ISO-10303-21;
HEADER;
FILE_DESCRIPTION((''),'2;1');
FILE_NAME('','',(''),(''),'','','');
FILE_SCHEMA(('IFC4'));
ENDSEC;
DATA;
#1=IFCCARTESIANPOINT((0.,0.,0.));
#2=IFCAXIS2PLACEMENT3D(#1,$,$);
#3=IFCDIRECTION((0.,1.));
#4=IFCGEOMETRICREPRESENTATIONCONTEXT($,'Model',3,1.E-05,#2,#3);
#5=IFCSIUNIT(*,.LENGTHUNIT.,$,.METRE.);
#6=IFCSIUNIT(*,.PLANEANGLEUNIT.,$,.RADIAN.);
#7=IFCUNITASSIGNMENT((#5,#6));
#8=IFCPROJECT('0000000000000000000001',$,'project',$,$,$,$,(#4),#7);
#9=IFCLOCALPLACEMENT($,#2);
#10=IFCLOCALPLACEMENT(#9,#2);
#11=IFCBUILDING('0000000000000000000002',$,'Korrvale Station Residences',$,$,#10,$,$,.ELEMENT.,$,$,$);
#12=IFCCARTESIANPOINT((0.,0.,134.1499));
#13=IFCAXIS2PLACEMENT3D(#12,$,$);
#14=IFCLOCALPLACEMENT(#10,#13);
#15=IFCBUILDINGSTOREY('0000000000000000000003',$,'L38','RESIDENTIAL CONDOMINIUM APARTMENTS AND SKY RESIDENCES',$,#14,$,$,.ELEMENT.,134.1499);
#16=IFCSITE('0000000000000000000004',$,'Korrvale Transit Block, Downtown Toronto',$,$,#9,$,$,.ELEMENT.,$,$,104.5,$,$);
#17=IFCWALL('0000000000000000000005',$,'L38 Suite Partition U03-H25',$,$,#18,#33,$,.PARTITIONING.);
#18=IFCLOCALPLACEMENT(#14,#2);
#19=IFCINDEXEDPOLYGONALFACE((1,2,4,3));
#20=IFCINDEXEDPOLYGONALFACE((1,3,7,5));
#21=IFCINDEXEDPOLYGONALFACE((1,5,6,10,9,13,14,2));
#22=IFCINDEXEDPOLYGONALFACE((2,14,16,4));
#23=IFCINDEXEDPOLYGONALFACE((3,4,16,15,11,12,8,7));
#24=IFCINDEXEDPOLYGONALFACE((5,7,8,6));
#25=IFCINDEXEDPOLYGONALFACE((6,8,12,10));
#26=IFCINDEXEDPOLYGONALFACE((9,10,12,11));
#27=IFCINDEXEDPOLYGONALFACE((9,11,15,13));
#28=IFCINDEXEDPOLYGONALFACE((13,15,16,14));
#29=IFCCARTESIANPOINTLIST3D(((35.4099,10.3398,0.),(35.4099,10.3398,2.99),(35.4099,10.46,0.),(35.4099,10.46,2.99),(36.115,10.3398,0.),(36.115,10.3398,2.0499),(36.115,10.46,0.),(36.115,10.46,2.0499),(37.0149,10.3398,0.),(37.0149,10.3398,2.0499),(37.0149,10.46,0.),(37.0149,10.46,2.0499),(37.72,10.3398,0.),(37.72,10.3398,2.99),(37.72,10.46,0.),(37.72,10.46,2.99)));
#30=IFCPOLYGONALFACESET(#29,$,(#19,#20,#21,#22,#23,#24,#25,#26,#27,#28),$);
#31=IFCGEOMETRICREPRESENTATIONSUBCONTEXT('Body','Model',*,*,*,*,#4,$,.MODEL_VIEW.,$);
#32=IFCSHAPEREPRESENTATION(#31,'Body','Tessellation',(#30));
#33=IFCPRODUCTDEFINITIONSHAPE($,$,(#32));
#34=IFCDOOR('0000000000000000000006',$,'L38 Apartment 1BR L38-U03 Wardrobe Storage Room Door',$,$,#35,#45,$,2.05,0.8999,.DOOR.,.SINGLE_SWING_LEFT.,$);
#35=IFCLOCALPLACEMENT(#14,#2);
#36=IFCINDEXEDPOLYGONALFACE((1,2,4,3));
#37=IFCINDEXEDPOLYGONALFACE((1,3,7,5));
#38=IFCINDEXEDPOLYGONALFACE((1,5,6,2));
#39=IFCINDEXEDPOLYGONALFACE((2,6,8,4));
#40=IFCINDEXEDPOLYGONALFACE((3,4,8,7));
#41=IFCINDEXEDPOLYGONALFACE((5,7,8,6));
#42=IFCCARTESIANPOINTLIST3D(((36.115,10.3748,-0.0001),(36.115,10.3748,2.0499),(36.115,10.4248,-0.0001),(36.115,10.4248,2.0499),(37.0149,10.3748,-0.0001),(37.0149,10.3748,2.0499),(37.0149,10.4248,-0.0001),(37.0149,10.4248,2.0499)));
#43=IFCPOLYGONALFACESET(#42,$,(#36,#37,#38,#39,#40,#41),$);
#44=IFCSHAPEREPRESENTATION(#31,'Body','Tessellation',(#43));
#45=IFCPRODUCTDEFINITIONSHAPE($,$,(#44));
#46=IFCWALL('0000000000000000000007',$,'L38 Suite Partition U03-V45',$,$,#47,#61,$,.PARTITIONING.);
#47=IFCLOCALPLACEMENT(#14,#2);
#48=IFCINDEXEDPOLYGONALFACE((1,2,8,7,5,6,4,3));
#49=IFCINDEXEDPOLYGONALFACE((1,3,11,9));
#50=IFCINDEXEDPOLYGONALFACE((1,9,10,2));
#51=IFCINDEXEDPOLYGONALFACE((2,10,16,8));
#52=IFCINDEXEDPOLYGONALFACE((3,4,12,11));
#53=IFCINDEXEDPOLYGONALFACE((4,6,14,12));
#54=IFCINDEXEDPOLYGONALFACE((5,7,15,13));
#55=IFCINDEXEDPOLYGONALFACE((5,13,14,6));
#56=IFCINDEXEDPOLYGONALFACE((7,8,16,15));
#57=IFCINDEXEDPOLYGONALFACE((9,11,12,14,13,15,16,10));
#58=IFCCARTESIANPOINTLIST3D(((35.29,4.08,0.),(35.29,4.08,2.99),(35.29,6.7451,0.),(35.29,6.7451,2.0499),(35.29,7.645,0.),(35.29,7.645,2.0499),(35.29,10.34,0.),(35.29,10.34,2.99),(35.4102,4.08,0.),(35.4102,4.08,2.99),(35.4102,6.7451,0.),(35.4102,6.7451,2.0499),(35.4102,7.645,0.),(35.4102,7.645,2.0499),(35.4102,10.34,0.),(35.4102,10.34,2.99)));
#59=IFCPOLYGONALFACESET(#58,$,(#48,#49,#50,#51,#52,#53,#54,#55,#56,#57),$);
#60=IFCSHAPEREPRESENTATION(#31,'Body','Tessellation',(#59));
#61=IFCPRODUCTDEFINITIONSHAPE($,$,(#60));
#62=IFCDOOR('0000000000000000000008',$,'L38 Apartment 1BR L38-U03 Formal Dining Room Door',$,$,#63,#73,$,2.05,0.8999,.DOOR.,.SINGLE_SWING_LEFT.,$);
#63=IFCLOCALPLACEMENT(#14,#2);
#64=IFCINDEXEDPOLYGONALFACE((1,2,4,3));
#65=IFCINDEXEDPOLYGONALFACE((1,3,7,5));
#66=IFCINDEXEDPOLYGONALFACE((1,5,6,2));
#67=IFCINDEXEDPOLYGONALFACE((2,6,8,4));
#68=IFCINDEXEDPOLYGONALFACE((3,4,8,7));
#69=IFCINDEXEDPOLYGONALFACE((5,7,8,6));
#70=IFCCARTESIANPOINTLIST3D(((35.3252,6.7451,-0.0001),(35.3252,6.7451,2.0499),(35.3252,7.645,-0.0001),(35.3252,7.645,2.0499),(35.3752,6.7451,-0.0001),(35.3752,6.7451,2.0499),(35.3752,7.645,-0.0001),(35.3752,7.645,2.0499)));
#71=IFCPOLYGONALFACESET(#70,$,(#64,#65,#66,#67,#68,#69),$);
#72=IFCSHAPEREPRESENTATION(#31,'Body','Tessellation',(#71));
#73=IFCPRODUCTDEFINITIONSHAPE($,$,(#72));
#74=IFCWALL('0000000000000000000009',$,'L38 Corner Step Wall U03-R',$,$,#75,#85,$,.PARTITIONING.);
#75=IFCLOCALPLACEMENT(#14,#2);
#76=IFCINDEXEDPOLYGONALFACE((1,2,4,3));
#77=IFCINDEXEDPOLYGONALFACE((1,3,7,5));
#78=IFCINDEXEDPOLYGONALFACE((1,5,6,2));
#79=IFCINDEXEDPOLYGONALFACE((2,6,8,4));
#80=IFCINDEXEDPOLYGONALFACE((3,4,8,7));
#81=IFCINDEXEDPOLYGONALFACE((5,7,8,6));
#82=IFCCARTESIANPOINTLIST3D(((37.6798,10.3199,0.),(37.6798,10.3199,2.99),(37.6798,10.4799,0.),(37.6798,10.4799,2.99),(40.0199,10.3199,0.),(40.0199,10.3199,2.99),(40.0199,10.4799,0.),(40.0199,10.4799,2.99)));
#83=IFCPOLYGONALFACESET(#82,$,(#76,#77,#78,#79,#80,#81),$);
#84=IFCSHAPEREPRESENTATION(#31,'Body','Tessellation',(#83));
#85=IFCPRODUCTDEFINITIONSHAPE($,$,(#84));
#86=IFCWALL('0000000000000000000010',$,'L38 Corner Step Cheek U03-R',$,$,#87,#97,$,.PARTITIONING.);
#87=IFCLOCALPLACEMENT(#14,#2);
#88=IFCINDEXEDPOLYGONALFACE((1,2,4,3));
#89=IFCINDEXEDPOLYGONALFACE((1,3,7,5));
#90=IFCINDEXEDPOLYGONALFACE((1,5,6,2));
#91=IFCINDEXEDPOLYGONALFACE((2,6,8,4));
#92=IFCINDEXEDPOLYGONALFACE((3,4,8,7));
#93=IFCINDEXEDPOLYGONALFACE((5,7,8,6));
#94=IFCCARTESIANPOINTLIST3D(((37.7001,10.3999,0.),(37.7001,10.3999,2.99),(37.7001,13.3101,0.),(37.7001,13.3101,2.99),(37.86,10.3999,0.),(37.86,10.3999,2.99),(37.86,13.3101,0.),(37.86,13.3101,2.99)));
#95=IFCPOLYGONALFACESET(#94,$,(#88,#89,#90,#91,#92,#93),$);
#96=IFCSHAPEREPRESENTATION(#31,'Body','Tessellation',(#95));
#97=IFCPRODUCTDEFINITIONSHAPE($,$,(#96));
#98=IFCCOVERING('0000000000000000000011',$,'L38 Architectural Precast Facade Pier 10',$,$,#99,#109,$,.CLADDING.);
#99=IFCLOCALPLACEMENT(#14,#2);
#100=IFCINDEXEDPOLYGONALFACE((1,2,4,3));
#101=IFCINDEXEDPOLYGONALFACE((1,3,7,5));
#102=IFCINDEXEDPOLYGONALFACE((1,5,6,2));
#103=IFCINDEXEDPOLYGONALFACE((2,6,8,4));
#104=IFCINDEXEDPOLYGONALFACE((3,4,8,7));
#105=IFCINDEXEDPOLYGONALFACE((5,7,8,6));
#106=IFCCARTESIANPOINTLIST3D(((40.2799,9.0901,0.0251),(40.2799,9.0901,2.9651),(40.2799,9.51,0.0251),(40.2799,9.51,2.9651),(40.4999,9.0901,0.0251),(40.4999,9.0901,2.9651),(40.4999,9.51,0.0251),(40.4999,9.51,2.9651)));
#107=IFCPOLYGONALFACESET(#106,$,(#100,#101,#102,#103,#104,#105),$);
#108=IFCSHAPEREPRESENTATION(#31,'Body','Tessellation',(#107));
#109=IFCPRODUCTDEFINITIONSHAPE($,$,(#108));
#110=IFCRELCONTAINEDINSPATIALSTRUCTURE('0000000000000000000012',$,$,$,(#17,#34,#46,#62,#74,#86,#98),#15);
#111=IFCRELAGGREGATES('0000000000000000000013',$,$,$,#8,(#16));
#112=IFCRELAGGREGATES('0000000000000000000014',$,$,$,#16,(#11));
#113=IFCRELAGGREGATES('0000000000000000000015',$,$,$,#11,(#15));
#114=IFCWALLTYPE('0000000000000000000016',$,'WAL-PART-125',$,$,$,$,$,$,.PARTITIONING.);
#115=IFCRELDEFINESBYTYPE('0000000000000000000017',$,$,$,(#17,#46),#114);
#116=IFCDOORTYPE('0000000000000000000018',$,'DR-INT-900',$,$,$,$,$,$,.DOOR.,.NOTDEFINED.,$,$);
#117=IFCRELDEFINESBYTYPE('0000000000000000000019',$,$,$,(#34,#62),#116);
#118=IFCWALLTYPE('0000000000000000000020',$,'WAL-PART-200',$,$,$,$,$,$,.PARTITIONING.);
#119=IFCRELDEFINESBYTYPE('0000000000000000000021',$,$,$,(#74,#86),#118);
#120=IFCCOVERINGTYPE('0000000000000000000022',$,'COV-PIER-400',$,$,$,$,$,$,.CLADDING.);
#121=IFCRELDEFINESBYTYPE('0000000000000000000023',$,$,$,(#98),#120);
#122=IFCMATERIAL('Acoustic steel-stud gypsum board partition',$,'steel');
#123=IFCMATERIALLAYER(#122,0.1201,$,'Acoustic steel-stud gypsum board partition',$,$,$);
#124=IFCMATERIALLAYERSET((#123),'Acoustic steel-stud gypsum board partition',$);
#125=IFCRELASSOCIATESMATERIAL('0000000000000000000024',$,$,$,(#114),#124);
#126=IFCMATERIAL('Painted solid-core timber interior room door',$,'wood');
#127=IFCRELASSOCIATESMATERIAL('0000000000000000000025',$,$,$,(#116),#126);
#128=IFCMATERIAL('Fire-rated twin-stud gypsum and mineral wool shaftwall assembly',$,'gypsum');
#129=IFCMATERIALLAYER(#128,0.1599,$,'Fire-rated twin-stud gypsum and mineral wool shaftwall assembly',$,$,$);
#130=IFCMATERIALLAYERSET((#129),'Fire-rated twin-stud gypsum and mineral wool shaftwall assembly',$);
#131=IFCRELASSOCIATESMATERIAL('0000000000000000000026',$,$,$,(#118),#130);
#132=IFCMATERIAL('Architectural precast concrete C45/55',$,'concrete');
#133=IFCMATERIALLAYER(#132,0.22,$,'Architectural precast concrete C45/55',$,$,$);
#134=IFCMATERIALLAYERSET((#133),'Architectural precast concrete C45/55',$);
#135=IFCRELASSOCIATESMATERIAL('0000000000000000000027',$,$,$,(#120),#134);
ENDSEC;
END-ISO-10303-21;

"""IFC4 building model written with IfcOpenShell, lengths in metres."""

from ifc_helpers import new_model, si_unit, direction, frame, frame_2d, origin, origin_2d, place, context, subcontext, project, spatial, rectangle, extrude, material, layer, layer_set, type_object, element, fill, save


model = new_model("IFC4")

# Units and contexts
model_context = context("Model", 3, precision=1e-05, world=origin(), true_north=direction((0.0, 1.0)))
body_context = subcontext(model_context, "Body", "Model", "MODEL_VIEW")
ifc_project = project(units=[si_unit("LENGTHUNIT", "METRE"), si_unit("PLANEANGLEUNIT", "RADIAN")], contexts=[model_context])

# Site, building, storey
site_placement = place(None, origin())
site = spatial("IfcSite", under=ifc_project, at=site_placement, Name="Korrvale Transit Block, Downtown Toronto", CompositionType="ELEMENT", RefElevation=104.5)
building_placement = place(site_placement, origin())
building = spatial("IfcBuilding", under=site, at=building_placement, Name="Korrvale Station Residences", CompositionType="ELEMENT")
storey_placement = place(building_placement, frame((0.0, 0.0, 134.1499)))
storey = spatial("IfcBuildingStorey", under=building, at=storey_placement, Name="L38", Description="RESIDENTIAL CONDOMINIUM APARTMENTS AND SKY RESIDENCES", CompositionType="ELEMENT", Elevation=134.1499)

# Shared definitions
ifc_material_1 = material(Name="Acoustic steel-stud gypsum board partition", Category="steel")
ifc_layer_1 = layer(ifc_material_1, 0.1201, Name="Acoustic steel-stud gypsum board partition")
ifc_layer_set_1 = layer_set([ifc_layer_1], Name="Acoustic steel-stud gypsum board partition")
wall_type_1 = type_object("IfcWallType", Name="WAL-PART-125", PredefinedType="PARTITIONING", material=ifc_layer_set_1)
ifc_material_2 = material(Name="Painted solid-core timber interior room door", Category="wood")
door_type = type_object("IfcDoorType", Name="DR-INT-900", OperationType="NOTDEFINED", PredefinedType="DOOR", material=ifc_material_2)

# Walls, openings, doors
wall_1_placement = place(storey_placement, frame((35.4099, 10.3999, 0.0), z_axis=(0.0, 0.0, 1.0), x_axis=(1.0, 0.0, 0.0)))
wall_1 = element("IfcWall", 1, at=wall_1_placement, inside=storey, type_object=wall_type_1, Name="L38 Suite Partition U03-H25", PredefinedType="PARTITIONING", context=body_context, shape_type="SweptSolid", body=[
    extrude(rectangle(XDim=2.3101, YDim=0.1201, at=frame_2d((1.155, 0.0))), origin(), (0.0, 0.0, 1.0), 2.99),
])
opening_1_placement = place(wall_1_placement, frame((0.7051, 0.0, 0.0)))
opening_1 = element("IfcOpeningElement", 2, at=opening_1_placement, cuts=wall_1, PredefinedType="OPENING", context=body_context, shape_type="SweptSolid", body=[
    extrude(rectangle(XDim=0.8999, YDim=2.05, at=frame_2d((0.45, 1.0249))), frame((0.0, 0.0701, 0.0), z_axis=(0.0, -1.0, 0.0), x_axis=(1.0, 0.0, 0.0)), (0.0, 0.0, 1.0), 0.1401),
])
door_1_placement = place(opening_1_placement, origin())
door_1 = element("IfcDoor", 3, at=door_1_placement, inside=storey, type_object=door_type, Name="L38 Apartment 1BR L38-U03 Wardrobe Storage Room Door", OperationType="SINGLE_SWING_LEFT", OverallHeight=2.05, OverallWidth=0.8999, PredefinedType="DOOR", context=body_context, shape_type="SweptSolid", body=[
    extrude(rectangle(XDim=0.8999, YDim=2.05, at=frame_2d((0.45, 1.0249))), frame((0.0, 0.0249, 0.0), z_axis=(0.0, -1.0, 0.0), x_axis=(1.0, 0.0, 0.0)), (0.0, 0.0, 1.0), 0.05),
])
fill(opening_1, door_1)
wall_2_placement = place(storey_placement, frame((35.3501, 4.0801, 0.0), z_axis=(0.0, 0.0, 1.0), x_axis=(0.0, 1.0, 0.0)))
wall_2 = element("IfcWall", 4, at=wall_2_placement, inside=storey, type_object=wall_type_1, Name="L38 Suite Partition U03-V45", PredefinedType="PARTITIONING", context=body_context, shape_type="SweptSolid", body=[
    extrude(rectangle(XDim=6.26, YDim=0.1201, at=frame_2d((3.1299, 0.0))), origin(), (0.0, 0.0, 1.0), 2.99),
])
opening_2_placement = place(wall_2_placement, frame((2.665, 0.0, 0.0)))
opening_2 = element("IfcOpeningElement", 5, at=opening_2_placement, cuts=wall_2, PredefinedType="OPENING", context=body_context, shape_type="SweptSolid", body=[
    extrude(rectangle(XDim=0.8999, YDim=2.05, at=frame_2d((0.45, 1.0249))), frame((0.0, 0.0701, 0.0), z_axis=(0.0, -1.0, 0.0), x_axis=(1.0, 0.0, 0.0)), (0.0, 0.0, 1.0), 0.1401),
])
door_2_placement = place(opening_2_placement, origin())
door_2 = element("IfcDoor", 6, at=door_2_placement, inside=storey, type_object=door_type, Name="L38 Apartment 1BR L38-U03 Formal Dining Room Door", OperationType="SINGLE_SWING_LEFT", OverallHeight=2.05, OverallWidth=0.8999, PredefinedType="DOOR", context=body_context, shape_type="SweptSolid", body=[
    extrude(rectangle(XDim=0.8999, YDim=2.05, at=frame_2d((0.45, 1.0249))), frame((0.0, 0.0249, 0.0), z_axis=(0.0, -1.0, 0.0), x_axis=(1.0, 0.0, 0.0)), (0.0, 0.0, 1.0), 0.05),
])
fill(opening_2, door_2)

# Walls
ifc_material_3 = material(Name="Fire-rated twin-stud gypsum and mineral wool shaftwall assembly", Category="gypsum")
ifc_layer_2 = layer(ifc_material_3, 0.1599, Name="Fire-rated twin-stud gypsum and mineral wool shaftwall assembly")
ifc_layer_set_2 = layer_set([ifc_layer_2], Name="Fire-rated twin-stud gypsum and mineral wool shaftwall assembly")
wall_type_2 = type_object("IfcWallType", Name="WAL-PART-200", PredefinedType="PARTITIONING", material=ifc_layer_set_2)
wall_3_placement = place(storey_placement, frame((37.6799, 10.3999, 0.0), z_axis=(0.0, 0.0, 1.0), x_axis=(1.0, 0.0, 0.0)))
element("IfcWall", 7, at=wall_3_placement, inside=storey, type_object=wall_type_2, Name="L38 Corner Step Wall U03-R", PredefinedType="PARTITIONING", context=body_context, shape_type="SweptSolid", body=[
    extrude(rectangle(XDim=2.3401, YDim=0.1599, at=frame_2d((1.1699, 0.0))), origin(), (0.0, 0.0, 1.0), 2.99),
])
wall_4_placement = place(storey_placement, frame((37.78, 10.3999, 0.0), z_axis=(0.0, 0.0, 1.0), x_axis=(0.0, 1.0, 0.0)))
element("IfcWall", 8, at=wall_4_placement, inside=storey, type_object=wall_type_2, Name="L38 Corner Step Cheek U03-R", PredefinedType="PARTITIONING", context=body_context, shape_type="SweptSolid", body=[
    extrude(rectangle(XDim=2.9102, YDim=0.1599, at=frame_2d((1.4551, 0.0))), origin(), (0.0, 0.0, 1.0), 2.99),
])

# Covering
ifc_material_4 = material(Name="Architectural precast concrete C45/55", Category="concrete")
ifc_layer_3 = layer(ifc_material_4, 0.22, Name="Architectural precast concrete C45/55")
ifc_layer_set_3 = layer_set([ifc_layer_3], Name="Architectural precast concrete C45/55")
covering_type = type_object("IfcCoveringType", Name="COV-PIER-400", PredefinedType="CLADDING", material=ifc_layer_set_3)
covering_placement = place(storey_placement, frame((40.3899, 9.3, 0.0251), z_axis=(0.0, 0.0, 1.0), x_axis=(0.0, 1.0, 0.0)))
element("IfcCovering", 9, at=covering_placement, inside=storey, type_object=covering_type, Name="L38 Architectural Precast Facade Pier 10", PredefinedType="CLADDING", context=body_context, shape_type="SweptSolid", body=[
    extrude(rectangle(XDim=0.4199, YDim=0.22, at=origin_2d()), origin(), (0.0, 0.0, 1.0), 2.9399),
])

save(model, "model.ifc")
